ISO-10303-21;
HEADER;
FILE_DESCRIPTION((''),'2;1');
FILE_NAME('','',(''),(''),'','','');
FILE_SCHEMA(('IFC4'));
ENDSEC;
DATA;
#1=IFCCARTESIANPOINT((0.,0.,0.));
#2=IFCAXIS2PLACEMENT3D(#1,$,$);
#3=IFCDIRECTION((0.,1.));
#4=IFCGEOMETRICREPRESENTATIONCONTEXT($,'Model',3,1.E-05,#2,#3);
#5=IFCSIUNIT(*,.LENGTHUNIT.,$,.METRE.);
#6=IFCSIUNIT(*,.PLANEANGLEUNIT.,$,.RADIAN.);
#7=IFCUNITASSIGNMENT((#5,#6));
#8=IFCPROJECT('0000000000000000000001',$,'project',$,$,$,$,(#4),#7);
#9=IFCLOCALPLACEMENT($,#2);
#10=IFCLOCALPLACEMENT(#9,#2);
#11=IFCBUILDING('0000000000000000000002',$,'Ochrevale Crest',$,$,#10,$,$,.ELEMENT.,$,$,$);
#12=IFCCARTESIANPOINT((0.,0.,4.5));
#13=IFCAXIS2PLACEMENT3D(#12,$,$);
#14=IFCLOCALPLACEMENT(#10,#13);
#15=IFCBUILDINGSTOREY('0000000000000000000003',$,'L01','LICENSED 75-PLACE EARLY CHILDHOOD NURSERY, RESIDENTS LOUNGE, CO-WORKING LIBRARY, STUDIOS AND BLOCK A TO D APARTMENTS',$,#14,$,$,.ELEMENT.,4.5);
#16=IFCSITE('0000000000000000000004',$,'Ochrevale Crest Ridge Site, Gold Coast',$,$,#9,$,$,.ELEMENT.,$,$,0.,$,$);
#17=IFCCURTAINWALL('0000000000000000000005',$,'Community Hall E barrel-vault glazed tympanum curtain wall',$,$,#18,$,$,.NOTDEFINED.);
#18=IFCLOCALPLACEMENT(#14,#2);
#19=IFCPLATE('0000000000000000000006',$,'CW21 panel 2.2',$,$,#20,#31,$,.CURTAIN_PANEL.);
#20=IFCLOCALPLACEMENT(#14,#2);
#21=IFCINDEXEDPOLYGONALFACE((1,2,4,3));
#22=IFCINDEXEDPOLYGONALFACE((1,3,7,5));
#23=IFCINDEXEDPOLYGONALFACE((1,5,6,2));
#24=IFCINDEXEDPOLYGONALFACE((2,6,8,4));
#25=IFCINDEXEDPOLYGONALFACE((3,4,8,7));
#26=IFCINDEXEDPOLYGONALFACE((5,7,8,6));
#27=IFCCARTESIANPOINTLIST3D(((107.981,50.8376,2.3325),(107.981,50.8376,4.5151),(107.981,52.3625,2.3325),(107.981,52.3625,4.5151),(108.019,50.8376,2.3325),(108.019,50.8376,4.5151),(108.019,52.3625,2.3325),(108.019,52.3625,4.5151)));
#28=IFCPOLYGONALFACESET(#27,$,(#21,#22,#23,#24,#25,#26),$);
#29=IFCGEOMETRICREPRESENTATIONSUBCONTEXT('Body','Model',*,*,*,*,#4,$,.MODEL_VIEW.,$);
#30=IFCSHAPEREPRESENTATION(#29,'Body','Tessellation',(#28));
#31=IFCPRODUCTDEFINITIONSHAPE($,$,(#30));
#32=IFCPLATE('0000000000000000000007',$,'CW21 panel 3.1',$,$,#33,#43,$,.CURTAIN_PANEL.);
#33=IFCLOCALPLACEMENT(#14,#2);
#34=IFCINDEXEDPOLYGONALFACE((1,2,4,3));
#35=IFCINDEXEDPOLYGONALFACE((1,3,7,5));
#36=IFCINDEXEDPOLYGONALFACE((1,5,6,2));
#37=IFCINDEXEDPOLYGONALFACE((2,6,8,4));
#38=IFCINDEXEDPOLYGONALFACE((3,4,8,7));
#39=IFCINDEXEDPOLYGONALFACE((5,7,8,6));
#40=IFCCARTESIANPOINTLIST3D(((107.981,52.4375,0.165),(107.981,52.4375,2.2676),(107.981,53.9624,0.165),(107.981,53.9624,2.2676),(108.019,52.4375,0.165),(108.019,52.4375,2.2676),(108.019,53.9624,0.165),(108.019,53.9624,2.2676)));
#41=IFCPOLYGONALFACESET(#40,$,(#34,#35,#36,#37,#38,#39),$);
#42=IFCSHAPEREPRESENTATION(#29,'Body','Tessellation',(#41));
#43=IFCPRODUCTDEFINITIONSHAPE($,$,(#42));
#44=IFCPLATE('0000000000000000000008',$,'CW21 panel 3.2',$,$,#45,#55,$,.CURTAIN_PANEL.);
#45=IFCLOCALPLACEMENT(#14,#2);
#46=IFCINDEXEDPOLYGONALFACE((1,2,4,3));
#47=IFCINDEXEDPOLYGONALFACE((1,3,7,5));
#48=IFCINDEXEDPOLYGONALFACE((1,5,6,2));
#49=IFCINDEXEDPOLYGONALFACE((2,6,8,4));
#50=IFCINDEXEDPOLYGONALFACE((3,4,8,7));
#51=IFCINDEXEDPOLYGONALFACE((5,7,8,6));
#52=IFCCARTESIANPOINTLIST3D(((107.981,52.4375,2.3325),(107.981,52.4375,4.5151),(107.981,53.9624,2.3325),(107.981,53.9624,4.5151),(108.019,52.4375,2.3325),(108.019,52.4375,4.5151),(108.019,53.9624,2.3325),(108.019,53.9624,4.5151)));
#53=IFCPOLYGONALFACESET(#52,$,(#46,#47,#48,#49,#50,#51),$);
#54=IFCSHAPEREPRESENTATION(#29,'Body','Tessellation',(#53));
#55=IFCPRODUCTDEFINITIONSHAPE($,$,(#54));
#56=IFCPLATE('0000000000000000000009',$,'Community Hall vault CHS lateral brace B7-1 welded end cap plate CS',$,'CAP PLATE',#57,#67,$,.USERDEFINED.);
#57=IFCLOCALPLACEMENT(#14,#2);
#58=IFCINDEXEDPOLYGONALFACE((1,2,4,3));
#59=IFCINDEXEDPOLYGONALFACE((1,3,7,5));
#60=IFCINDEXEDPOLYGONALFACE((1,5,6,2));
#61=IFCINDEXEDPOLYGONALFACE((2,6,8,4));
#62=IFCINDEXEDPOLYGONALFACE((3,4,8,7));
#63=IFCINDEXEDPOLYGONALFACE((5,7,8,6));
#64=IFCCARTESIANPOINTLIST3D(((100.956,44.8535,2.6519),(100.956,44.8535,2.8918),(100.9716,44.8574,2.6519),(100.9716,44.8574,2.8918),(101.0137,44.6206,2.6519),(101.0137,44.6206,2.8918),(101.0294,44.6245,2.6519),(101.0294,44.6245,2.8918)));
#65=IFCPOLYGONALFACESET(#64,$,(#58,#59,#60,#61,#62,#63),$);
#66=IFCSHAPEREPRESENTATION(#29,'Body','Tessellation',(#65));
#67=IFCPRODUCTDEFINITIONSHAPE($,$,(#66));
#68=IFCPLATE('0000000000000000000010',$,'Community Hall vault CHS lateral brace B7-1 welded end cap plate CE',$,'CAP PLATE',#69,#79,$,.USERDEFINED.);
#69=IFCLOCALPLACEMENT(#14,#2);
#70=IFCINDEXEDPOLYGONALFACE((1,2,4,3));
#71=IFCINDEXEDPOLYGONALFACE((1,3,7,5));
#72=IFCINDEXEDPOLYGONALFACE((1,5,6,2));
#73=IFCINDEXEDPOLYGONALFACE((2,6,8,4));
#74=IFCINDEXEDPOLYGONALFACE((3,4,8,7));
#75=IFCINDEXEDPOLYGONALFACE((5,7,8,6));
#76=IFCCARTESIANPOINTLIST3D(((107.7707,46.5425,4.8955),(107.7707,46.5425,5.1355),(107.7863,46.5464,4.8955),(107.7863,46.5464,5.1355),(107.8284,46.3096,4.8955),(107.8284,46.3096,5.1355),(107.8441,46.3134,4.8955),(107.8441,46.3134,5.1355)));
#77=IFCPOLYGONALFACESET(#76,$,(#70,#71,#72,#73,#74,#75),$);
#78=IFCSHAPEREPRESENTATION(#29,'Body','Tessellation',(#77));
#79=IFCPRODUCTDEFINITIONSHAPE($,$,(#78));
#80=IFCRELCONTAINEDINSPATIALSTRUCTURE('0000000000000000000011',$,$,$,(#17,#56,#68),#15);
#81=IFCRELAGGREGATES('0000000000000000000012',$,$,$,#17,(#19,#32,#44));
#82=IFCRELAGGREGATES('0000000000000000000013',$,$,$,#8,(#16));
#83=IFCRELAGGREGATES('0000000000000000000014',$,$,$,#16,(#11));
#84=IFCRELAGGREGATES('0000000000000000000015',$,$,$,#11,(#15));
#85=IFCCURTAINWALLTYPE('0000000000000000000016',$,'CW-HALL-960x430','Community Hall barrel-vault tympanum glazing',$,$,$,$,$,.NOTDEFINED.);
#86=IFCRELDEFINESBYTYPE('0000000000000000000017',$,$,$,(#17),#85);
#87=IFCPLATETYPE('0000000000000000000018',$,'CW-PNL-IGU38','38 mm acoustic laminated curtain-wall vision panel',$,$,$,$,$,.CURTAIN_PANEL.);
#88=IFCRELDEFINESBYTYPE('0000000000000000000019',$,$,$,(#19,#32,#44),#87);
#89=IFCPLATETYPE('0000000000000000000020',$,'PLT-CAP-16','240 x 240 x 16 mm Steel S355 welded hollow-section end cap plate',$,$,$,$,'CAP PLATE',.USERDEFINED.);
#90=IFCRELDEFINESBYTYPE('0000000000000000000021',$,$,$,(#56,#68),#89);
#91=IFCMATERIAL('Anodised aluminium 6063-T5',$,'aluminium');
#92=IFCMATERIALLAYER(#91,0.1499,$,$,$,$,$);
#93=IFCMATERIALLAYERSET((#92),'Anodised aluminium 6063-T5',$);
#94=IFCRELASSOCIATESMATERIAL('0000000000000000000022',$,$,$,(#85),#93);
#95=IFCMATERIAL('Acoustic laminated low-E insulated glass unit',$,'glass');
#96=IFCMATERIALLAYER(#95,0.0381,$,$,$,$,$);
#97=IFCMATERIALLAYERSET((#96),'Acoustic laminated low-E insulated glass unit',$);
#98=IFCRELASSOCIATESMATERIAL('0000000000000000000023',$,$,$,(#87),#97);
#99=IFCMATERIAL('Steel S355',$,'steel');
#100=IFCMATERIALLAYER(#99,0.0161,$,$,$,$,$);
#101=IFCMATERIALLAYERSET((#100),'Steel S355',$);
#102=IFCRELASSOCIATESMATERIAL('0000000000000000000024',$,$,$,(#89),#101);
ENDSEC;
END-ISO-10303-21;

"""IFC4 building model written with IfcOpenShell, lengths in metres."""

from ifc_helpers import new_model, si_unit, direction, frame, origin, origin_2d, place, context, subcontext, project, spatial, rectangle, extrude, material, layer, layer_set, type_object, element, aggregate, save


model = new_model("IFC4")

# Units and contexts
model_context = context("Model", 3, precision=1e-05, world=origin(), true_north=direction((0.0, 1.0)))
body_context = subcontext(model_context, "Body", "Model", "MODEL_VIEW")
ifc_project = project(units=[si_unit("LENGTHUNIT", "METRE"), si_unit("PLANEANGLEUNIT", "RADIAN")], contexts=[model_context])

# Site, building, storey
site_placement = place(None, origin())
site = spatial("IfcSite", under=ifc_project, at=site_placement, Name="Ochrevale Crest Ridge Site, Gold Coast", CompositionType="ELEMENT", RefElevation=0.0)
building_placement = place(site_placement, origin())
building = spatial("IfcBuilding", under=site, at=building_placement, Name="Ochrevale Crest", CompositionType="ELEMENT")
storey_placement = place(building_placement, frame((0.0, 0.0, 4.5)))
storey = spatial("IfcBuildingStorey", under=building, at=storey_placement, Name="L01", Description="LICENSED 75-PLACE EARLY CHILDHOOD NURSERY, RESIDENTS LOUNGE, CO-WORKING LIBRARY, STUDIOS AND BLOCK A TO D APARTMENTS", CompositionType="ELEMENT", Elevation=4.5)

# Curtain wall
ifc_material_1 = material(Name="Anodised aluminium 6063-T5", Category="aluminium")
ifc_layer_1 = layer(ifc_material_1, 0.1499)
ifc_layer_set_1 = layer_set([ifc_layer_1], Name="Anodised aluminium 6063-T5")
curtain_wall_type = type_object("IfcCurtainWallType", Name="CW-HALL-960x430", Description="Community Hall barrel-vault tympanum glazing", PredefinedType="NOTDEFINED", material=ifc_layer_set_1)
curtain_wall_placement = place(storey_placement, origin())
curtain_wall = element("IfcCurtainWall", 1, at=curtain_wall_placement, inside=storey, type_object=curtain_wall_type, Name="Community Hall E barrel-vault glazed tympanum curtain wall", PredefinedType="NOTDEFINED")

# Shared definitions
ifc_material_2 = material(Name="Steel S355", Category="steel")

# Plates
ifc_material_3 = material(Name="Acoustic laminated low-E insulated glass unit", Category="glass")
ifc_layer_2 = layer(ifc_material_3, 0.0381)
ifc_layer_set_2 = layer_set([ifc_layer_2], Name="Acoustic laminated low-E insulated glass unit")
plate_type_1 = type_object("IfcPlateType", Name="CW-PNL-IGU38", Description="38 mm acoustic laminated curtain-wall vision panel", PredefinedType="CURTAIN_PANEL", material=ifc_layer_set_2)
plate_1_placement = place(storey_placement, frame((108.0, 51.6001, 2.3325), z_axis=(0.0, 0.0, 1.0), x_axis=(0.0, 1.0, 0.0)))
plate_1 = element("IfcPlate", 2, at=plate_1_placement, type_object=plate_type_1, Name="CW21 panel 2.2", PredefinedType="CURTAIN_PANEL", context=body_context, shape_type="SweptSolid", body=[
    extrude(rectangle(XDim=1.5249, YDim=0.0381, at=origin_2d()), origin(), (0.0, 0.0, 1.0), 2.1826),
])
plate_2_placement = place(storey_placement, frame((108.0, 53.2, 0.165), z_axis=(0.0, 0.0, 1.0), x_axis=(0.0, 1.0, 0.0)))
plate_2 = element("IfcPlate", 3, at=plate_2_placement, type_object=plate_type_1, Name="CW21 panel 3.1", PredefinedType="CURTAIN_PANEL", context=body_context, shape_type="SweptSolid", body=[
    extrude(rectangle(XDim=1.5249, YDim=0.0381, at=origin_2d()), origin(), (0.0, 0.0, 1.0), 2.1025),
])
plate_3_placement = place(storey_placement, frame((108.0, 53.2, 2.3325), z_axis=(0.0, 0.0, 1.0), x_axis=(0.0, 1.0, 0.0)))
plate_3 = element("IfcPlate", 4, at=plate_3_placement, type_object=plate_type_1, Name="CW21 panel 3.2", PredefinedType="CURTAIN_PANEL", context=body_context, shape_type="SweptSolid", body=[
    extrude(rectangle(XDim=1.5249, YDim=0.0381, at=origin_2d()), origin(), (0.0, 0.0, 1.0), 2.1826),
])
aggregate(curtain_wall, [plate_1, plate_2, plate_3])

# Plates
ifc_layer_3 = layer(ifc_material_2, 0.0161)
ifc_layer_set_3 = layer_set([ifc_layer_3], Name="Steel S355")
plate_type_2 = type_object("IfcPlateType", Name="PLT-CAP-16", Description="240 x 240 x 16 mm Steel S355 welded hollow-section end cap plate", ElementType="CAP PLATE", PredefinedType="USERDEFINED", material=ifc_layer_set_3)
for number, where, z_axis, x_axis, name in (
    (5, (100.9927, 44.739, 2.6519), (0.0, 0.0, 1.0), (0.970633, 0.240567, 0.0), "Community Hall vault CHS lateral brace B7-1 welded end cap plate CS"),
    (6, (107.8074, 46.428, 4.8955), (0.0, 0.0, 1.0), (0.970633, 0.240567, 0.0), "Community Hall vault CHS lateral brace B7-1 welded end cap plate CE"),
):
    element("IfcPlate", number, at=place(storey_placement, frame(where, z_axis=z_axis, x_axis=x_axis)), inside=storey, type_object=plate_type_2, Name=name, ObjectType="CAP PLATE", PredefinedType="USERDEFINED", context=body_context, shape_type="SweptSolid", body=[
        extrude(rectangle(XDim=0.0161, YDim=0.24, at=origin_2d()), origin(), (0.0, 0.0, 1.0), 0.24),
    ])

save(model, "model.ifc")
